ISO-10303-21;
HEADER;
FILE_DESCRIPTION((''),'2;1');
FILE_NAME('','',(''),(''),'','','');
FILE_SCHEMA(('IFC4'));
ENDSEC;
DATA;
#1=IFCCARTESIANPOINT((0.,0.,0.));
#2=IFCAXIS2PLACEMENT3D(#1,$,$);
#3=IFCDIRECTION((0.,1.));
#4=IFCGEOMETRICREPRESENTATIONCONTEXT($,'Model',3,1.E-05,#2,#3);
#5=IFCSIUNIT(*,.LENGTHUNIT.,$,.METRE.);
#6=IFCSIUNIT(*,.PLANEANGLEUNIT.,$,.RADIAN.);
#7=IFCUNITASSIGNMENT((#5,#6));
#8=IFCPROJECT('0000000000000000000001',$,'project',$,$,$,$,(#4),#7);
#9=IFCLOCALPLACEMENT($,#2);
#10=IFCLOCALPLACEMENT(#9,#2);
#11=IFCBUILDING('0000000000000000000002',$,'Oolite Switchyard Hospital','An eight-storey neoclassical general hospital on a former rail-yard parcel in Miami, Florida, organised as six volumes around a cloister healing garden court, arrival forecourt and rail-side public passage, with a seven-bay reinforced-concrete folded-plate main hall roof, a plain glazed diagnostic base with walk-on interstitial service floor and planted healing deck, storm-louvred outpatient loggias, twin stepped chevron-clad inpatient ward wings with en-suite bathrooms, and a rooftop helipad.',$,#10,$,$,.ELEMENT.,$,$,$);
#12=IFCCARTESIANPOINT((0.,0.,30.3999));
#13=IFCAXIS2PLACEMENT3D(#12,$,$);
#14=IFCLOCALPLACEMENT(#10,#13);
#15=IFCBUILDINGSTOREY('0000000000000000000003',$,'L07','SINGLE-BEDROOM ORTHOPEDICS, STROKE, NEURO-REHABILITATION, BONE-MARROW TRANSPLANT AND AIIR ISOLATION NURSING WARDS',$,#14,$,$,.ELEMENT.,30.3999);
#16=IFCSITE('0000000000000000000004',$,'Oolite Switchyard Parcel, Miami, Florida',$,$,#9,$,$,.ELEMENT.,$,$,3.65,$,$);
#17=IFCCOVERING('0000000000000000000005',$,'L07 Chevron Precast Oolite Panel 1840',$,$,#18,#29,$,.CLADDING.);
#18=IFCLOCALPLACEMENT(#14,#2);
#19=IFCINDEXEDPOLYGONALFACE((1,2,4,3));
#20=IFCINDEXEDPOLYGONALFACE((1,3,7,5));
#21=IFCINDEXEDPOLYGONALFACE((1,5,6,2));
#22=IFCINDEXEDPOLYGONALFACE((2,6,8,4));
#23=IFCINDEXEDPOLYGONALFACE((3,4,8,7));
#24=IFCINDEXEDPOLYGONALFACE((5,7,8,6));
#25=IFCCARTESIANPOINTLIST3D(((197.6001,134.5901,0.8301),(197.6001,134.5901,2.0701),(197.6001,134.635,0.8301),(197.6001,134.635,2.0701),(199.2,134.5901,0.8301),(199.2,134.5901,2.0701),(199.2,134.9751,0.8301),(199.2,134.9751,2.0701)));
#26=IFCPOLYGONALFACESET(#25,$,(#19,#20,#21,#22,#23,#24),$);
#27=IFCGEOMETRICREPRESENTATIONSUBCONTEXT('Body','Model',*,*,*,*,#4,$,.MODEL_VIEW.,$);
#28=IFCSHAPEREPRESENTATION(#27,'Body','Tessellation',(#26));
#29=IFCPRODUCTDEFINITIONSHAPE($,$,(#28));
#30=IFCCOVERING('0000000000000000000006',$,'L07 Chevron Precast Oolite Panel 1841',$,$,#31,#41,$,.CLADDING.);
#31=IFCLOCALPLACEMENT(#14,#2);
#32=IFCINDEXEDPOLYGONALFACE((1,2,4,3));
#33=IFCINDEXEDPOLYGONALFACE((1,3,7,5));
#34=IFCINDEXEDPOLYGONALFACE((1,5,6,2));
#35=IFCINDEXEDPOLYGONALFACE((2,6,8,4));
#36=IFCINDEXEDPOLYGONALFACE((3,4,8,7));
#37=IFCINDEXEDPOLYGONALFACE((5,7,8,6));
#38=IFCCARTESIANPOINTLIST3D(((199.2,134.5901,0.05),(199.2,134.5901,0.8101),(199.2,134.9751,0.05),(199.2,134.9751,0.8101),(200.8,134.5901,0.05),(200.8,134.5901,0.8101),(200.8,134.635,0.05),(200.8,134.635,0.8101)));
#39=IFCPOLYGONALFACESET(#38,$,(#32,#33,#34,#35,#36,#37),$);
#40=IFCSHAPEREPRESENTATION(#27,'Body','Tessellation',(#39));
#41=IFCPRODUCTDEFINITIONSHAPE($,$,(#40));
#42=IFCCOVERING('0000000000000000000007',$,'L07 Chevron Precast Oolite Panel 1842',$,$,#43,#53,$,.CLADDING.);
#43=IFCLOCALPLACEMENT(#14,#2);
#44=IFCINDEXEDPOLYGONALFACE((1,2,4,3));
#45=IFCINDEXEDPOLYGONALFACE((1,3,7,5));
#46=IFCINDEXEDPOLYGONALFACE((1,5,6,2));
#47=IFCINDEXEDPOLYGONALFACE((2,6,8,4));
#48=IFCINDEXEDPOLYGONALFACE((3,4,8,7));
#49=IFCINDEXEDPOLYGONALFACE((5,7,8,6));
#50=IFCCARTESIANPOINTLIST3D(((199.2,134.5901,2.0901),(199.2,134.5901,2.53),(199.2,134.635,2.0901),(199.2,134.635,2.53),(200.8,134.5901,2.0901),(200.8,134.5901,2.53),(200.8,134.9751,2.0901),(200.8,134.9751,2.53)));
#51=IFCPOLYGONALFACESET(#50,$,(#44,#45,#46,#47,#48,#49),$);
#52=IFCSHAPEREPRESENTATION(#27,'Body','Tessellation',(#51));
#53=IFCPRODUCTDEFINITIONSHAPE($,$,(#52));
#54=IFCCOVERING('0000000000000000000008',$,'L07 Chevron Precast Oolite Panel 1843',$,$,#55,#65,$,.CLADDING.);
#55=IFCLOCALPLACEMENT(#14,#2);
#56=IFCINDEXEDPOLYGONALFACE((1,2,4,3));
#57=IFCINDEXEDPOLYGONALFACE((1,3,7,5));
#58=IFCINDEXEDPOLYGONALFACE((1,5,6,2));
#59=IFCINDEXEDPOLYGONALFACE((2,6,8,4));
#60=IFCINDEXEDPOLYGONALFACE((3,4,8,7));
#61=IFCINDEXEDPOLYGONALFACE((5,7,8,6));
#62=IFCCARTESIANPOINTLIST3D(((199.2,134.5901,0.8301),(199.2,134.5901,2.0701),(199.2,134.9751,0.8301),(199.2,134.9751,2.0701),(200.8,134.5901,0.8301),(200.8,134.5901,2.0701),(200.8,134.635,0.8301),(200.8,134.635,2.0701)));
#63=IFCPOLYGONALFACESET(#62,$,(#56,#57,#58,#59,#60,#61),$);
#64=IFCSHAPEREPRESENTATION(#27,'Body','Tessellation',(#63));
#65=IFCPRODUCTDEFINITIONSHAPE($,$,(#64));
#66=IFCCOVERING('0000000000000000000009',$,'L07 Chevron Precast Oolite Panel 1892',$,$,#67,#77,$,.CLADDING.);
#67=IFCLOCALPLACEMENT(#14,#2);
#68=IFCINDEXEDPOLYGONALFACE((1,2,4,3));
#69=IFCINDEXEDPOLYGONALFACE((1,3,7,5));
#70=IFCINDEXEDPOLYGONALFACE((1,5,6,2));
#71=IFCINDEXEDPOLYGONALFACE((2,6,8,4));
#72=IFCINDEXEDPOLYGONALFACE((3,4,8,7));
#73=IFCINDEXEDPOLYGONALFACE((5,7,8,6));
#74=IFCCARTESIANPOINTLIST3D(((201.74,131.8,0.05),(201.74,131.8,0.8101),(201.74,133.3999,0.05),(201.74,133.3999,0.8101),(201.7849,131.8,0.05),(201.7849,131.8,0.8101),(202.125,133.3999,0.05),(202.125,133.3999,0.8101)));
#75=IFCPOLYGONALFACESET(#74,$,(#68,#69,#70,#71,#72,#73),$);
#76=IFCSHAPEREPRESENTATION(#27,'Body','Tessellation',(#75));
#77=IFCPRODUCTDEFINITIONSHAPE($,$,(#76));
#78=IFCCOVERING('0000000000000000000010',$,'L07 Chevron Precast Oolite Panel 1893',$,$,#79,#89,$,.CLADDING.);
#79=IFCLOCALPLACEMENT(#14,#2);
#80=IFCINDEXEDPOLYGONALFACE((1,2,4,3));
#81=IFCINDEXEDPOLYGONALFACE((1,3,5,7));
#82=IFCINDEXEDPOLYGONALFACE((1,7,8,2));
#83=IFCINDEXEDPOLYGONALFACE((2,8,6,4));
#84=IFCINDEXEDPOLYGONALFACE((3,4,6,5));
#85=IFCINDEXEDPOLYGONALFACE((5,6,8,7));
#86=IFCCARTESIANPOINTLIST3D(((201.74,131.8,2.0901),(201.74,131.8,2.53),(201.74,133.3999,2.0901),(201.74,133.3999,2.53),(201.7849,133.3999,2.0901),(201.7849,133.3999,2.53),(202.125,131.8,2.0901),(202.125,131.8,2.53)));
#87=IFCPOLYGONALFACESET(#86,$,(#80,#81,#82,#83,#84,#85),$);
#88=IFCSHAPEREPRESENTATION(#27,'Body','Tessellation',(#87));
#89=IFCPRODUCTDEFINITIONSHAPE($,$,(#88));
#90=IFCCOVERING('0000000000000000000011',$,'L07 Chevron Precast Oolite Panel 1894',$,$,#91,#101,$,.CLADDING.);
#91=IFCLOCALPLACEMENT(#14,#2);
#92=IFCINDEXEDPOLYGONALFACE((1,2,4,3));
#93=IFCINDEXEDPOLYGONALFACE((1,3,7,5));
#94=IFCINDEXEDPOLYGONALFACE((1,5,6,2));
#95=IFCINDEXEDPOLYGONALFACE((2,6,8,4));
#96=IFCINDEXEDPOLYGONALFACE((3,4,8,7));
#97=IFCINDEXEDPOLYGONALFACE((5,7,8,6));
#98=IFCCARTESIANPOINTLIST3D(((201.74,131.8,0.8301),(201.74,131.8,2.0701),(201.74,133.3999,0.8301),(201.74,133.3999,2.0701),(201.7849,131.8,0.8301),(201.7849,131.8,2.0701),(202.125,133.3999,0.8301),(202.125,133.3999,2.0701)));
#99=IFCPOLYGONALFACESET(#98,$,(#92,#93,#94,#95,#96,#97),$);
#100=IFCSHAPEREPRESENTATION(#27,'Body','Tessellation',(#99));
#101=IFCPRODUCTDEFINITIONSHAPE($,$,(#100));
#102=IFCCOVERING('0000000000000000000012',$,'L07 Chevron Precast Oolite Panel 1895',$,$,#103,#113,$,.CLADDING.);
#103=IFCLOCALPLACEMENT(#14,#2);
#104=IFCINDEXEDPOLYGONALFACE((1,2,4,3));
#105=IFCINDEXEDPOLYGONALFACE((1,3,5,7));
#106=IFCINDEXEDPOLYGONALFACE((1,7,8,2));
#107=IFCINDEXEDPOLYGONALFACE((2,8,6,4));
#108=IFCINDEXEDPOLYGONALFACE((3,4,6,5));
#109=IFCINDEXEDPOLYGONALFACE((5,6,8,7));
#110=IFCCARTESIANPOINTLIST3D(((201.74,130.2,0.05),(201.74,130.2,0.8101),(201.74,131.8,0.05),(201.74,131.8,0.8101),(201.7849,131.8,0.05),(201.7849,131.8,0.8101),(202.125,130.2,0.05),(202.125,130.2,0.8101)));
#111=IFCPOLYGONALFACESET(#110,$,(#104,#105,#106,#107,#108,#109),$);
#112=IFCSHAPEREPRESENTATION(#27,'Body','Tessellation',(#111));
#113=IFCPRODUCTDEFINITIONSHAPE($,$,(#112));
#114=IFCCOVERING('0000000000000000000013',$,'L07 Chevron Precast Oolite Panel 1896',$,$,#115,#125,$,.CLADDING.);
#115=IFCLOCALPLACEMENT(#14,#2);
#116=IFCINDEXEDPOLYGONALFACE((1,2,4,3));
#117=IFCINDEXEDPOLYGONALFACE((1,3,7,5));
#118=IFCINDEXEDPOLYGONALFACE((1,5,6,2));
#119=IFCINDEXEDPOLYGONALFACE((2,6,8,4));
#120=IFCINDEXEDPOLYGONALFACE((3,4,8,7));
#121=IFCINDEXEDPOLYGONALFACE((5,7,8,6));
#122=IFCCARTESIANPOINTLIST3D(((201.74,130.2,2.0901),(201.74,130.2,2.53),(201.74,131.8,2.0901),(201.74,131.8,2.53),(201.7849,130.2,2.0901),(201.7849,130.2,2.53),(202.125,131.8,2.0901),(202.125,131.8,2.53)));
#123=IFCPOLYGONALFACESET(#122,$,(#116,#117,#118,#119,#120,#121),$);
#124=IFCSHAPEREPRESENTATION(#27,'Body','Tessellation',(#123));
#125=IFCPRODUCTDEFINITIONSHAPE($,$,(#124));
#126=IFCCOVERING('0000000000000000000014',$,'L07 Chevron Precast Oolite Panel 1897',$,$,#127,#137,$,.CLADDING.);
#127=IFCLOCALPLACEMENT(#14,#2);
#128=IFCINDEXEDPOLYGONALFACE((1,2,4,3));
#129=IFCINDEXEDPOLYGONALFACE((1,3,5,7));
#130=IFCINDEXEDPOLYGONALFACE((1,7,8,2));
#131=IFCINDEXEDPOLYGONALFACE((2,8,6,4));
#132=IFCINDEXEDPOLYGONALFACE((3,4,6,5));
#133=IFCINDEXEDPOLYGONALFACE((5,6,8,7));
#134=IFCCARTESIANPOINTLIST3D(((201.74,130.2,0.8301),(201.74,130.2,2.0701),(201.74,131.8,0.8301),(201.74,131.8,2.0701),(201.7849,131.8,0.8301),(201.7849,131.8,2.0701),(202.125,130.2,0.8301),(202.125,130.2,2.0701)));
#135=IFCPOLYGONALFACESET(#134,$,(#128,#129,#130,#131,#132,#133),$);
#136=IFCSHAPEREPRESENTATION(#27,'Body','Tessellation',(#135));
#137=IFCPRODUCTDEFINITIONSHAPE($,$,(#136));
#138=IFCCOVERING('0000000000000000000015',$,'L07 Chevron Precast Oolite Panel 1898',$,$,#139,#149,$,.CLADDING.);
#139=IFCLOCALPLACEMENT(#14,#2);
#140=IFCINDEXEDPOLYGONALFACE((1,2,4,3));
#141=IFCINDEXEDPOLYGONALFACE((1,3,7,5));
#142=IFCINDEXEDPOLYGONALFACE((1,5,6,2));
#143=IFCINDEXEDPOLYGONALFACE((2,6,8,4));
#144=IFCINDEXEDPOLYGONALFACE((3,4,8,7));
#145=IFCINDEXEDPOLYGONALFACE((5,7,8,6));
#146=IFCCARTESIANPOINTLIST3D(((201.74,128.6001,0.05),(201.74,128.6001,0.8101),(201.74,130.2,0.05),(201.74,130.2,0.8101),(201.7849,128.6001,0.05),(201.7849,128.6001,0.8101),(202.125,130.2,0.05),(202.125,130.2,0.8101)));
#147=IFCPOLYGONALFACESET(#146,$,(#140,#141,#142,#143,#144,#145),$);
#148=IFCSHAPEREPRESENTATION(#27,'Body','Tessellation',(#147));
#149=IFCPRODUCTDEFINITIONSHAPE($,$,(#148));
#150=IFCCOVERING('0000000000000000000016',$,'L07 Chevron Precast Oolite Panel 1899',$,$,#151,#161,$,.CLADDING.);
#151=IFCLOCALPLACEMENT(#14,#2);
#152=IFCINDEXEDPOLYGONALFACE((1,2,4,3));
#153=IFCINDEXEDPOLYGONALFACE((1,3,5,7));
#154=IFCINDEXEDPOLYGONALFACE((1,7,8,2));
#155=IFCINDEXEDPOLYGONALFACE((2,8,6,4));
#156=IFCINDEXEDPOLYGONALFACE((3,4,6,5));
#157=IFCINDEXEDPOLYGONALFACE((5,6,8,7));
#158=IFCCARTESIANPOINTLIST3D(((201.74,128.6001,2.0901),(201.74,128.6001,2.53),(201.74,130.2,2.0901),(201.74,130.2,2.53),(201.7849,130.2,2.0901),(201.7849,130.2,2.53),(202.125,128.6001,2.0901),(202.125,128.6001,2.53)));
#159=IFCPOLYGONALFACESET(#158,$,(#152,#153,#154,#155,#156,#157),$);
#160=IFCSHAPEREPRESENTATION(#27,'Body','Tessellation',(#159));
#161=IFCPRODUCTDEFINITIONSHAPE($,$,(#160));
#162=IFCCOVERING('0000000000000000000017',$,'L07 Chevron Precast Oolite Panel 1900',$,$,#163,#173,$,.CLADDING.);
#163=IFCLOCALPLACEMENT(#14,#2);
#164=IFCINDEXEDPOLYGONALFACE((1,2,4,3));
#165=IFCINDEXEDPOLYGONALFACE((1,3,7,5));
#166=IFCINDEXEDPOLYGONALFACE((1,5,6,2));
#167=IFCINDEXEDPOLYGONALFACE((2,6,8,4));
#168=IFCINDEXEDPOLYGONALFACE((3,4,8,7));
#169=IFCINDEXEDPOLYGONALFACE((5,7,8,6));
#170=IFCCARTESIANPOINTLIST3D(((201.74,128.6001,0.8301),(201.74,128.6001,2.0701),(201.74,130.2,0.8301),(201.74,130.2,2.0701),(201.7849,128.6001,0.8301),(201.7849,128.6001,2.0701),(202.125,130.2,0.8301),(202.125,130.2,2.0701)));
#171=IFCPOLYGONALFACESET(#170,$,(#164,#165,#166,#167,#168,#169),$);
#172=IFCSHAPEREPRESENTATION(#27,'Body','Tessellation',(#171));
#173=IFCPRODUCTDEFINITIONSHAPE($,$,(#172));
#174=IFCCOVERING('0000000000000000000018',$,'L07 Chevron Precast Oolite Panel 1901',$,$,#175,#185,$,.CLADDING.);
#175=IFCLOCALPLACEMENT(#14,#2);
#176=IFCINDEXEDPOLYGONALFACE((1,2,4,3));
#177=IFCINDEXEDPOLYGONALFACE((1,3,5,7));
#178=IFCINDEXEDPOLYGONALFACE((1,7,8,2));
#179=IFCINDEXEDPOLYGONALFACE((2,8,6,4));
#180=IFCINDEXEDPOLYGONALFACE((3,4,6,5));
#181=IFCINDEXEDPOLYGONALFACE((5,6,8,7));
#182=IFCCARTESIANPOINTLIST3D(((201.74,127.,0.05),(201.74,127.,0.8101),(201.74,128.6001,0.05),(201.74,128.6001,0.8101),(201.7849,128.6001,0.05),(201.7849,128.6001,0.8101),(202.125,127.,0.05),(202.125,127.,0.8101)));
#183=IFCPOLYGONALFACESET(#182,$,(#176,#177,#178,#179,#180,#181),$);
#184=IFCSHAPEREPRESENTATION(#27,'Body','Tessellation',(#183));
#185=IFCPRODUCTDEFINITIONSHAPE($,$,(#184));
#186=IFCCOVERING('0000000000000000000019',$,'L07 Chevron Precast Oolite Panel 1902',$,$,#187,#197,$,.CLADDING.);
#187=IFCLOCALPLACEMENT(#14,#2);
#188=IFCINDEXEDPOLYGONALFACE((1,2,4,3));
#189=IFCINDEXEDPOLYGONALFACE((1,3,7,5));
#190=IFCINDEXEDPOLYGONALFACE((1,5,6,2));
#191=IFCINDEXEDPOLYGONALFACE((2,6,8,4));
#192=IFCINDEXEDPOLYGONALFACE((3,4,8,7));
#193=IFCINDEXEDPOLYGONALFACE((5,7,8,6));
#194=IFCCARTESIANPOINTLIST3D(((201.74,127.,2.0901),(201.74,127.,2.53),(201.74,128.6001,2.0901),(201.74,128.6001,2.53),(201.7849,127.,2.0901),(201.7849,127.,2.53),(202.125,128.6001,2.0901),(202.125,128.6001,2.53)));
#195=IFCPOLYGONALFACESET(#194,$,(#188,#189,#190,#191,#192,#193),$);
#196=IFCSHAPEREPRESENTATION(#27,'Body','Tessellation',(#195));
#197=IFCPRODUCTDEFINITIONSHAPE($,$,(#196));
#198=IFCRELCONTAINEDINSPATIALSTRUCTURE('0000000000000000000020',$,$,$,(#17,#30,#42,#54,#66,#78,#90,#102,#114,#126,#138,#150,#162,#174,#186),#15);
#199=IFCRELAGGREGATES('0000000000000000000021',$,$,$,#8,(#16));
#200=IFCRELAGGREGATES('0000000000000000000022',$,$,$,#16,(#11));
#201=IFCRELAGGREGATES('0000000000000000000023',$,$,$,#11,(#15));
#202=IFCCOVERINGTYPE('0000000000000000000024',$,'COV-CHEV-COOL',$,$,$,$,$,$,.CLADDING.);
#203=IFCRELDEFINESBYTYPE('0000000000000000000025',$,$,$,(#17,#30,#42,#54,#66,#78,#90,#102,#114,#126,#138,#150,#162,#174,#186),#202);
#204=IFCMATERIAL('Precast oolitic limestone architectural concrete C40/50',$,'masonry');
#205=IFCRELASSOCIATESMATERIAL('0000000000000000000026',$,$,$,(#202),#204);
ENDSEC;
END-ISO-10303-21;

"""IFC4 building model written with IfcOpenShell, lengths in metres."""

from ifc_helpers import new_model, si_unit, direction, frame, origin, place, context, subcontext, project, spatial, polyline, outline, extrude, material, type_object, element, save


model = new_model("IFC4")

# Units and contexts
model_context = context("Model", 3, precision=1e-05, world=origin(), true_north=direction((0.0, 1.0)))
body_context = subcontext(model_context, "Body", "Model", "MODEL_VIEW")
ifc_project = project(units=[si_unit("LENGTHUNIT", "METRE"), si_unit("PLANEANGLEUNIT", "RADIAN")], contexts=[model_context])

# Site, building, storey
site_placement = place(None, origin())
site = spatial("IfcSite", under=ifc_project, at=site_placement, Name="Oolite Switchyard Parcel, Miami, Florida", CompositionType="ELEMENT", RefElevation=3.65)
building_placement = place(site_placement, origin())
building = spatial("IfcBuilding", under=site, at=building_placement, Name="Oolite Switchyard Hospital", Description="An eight-storey neoclassical general hospital on a former rail-yard parcel in Miami, Florida, organised as six volumes around a cloister healing garden court, arrival forecourt and rail-side public passage, with a seven-bay reinforced-concrete folded-plate main hall roof, a plain glazed diagnostic base with walk-on interstitial service floor and planted healing deck, storm-louvred outpatient loggias, twin stepped chevron-clad inpatient ward wings with en-suite bathrooms, and a rooftop helipad.", CompositionType="ELEMENT")
storey_placement = place(building_placement, frame((0.0, 0.0, 30.3999)))
storey = spatial("IfcBuildingStorey", under=building, at=storey_placement, Name="L07", Description="SINGLE-BEDROOM ORTHOPEDICS, STROKE, NEURO-REHABILITATION, BONE-MARROW TRANSPLANT AND AIIR ISOLATION NURSING WARDS", CompositionType="ELEMENT", Elevation=30.3999)

# Shared definitions
ifc_material_1 = material(Name="Precast oolitic limestone architectural concrete C40/50", Category="masonry")

# Coverings
covering_type = type_object("IfcCoveringType", Name="COV-CHEV-COOL", PredefinedType="CLADDING", material=ifc_material_1)
covering_1_placement = place(storey_placement, frame((197.6001, 134.5901, 0.8301), z_axis=(0.0, 0.0, 1.0), x_axis=(1.0, 0.0, 0.0)))
element("IfcCovering", 1, at=covering_1_placement, inside=storey, type_object=covering_type, Name="L07 Chevron Precast Oolite Panel 1840", PredefinedType="CLADDING", context=body_context, shape_type="SweptSolid", body=[
    extrude(outline(polyline([(0.0, 0.0), (1.5999, 0.0), (1.5999, 0.385), (0.0, 0.0449), (0.0, 0.0)])), origin(), (0.0, 0.0, 1.0), 1.24),
])
covering_2_placement = place(storey_placement, frame((199.2, 134.5901, 0.05), z_axis=(0.0, 0.0, 1.0), x_axis=(1.0, 0.0, 0.0)))
element("IfcCovering", 2, at=covering_2_placement, inside=storey, type_object=covering_type, Name="L07 Chevron Precast Oolite Panel 1841", PredefinedType="CLADDING", context=body_context, shape_type="SweptSolid", body=[
    extrude(outline(polyline([(0.0, 0.0), (1.6001, 0.0), (1.6001, 0.0449), (0.0, 0.385), (0.0, 0.0)])), origin(), (0.0, 0.0, 1.0), 0.76),
])
covering_3_placement = place(storey_placement, frame((199.2, 134.5901, 2.0901), z_axis=(0.0, 0.0, 1.0), x_axis=(1.0, 0.0, 0.0)))
element("IfcCovering", 3, at=covering_3_placement, inside=storey, type_object=covering_type, Name="L07 Chevron Precast Oolite Panel 1842", PredefinedType="CLADDING", context=body_context, shape_type="SweptSolid", body=[
    extrude(outline(polyline([(0.0, 0.0), (1.6001, 0.0), (1.6001, 0.385), (0.0, 0.0449), (0.0, 0.0)])), origin(), (0.0, 0.0, 1.0), 0.4399),
])
covering_4_placement = place(storey_placement, frame((199.2, 134.5901, 0.8301), z_axis=(0.0, 0.0, 1.0), x_axis=(1.0, 0.0, 0.0)))
element("IfcCovering", 4, at=covering_4_placement, inside=storey, type_object=covering_type, Name="L07 Chevron Precast Oolite Panel 1843", PredefinedType="CLADDING", context=body_context, shape_type="SweptSolid", body=[
    extrude(outline(polyline([(0.0, 0.0), (1.6001, 0.0), (1.6001, 0.0449), (0.0, 0.385), (0.0, 0.0)])), origin(), (0.0, 0.0, 1.0), 1.24),
])
covering_5_placement = place(storey_placement, frame((201.74, 133.3999, 0.05), z_axis=(0.0, 0.0, 1.0), x_axis=(0.0, -1.0, 0.0)))
element("IfcCovering", 5, at=covering_5_placement, inside=storey, type_object=covering_type, Name="L07 Chevron Precast Oolite Panel 1892", PredefinedType="CLADDING", context=body_context, shape_type="SweptSolid", body=[
    extrude(outline(polyline([(0.0, 0.0), (1.5999, 0.0), (1.5999, 0.0449), (0.0, 0.385), (0.0, 0.0)])), origin(), (0.0, 0.0, 1.0), 0.76),
])
covering_6_placement = place(storey_placement, frame((201.74, 133.3999, 2.0901), z_axis=(0.0, 0.0, 1.0), x_axis=(0.0, -1.0, 0.0)))
element("IfcCovering", 6, at=covering_6_placement, inside=storey, type_object=covering_type, Name="L07 Chevron Precast Oolite Panel 1893", PredefinedType="CLADDING", context=body_context, shape_type="SweptSolid", body=[
    extrude(outline(polyline([(0.0, 0.0), (1.5999, 0.0), (1.5999, 0.385), (0.0, 0.0449), (0.0, 0.0)])), origin(), (0.0, 0.0, 1.0), 0.4399),
])
covering_7_placement = place(storey_placement, frame((201.74, 133.3999, 0.8301), z_axis=(0.0, 0.0, 1.0), x_axis=(0.0, -1.0, 0.0)))
element("IfcCovering", 7, at=covering_7_placement, inside=storey, type_object=covering_type, Name="L07 Chevron Precast Oolite Panel 1894", PredefinedType="CLADDING", context=body_context, shape_type="SweptSolid", body=[
    extrude(outline(polyline([(0.0, 0.0), (1.5999, 0.0), (1.5999, 0.0449), (0.0, 0.385), (0.0, 0.0)])), origin(), (0.0, 0.0, 1.0), 1.24),
])
covering_8_placement = place(storey_placement, frame((201.74, 131.8, 0.05), z_axis=(0.0, 0.0, 1.0), x_axis=(0.0, -1.0, 0.0)))
element("IfcCovering", 8, at=covering_8_placement, inside=storey, type_object=covering_type, Name="L07 Chevron Precast Oolite Panel 1895", PredefinedType="CLADDING", context=body_context, shape_type="SweptSolid", body=[
    extrude(outline(polyline([(0.0, 0.0), (1.6001, 0.0), (1.6001, 0.385), (0.0, 0.0449), (0.0, 0.0)])), origin(), (0.0, 0.0, 1.0), 0.76),
])
covering_9_placement = place(storey_placement, frame((201.74, 131.8, 2.0901), z_axis=(0.0, 0.0, 1.0), x_axis=(0.0, -1.0, 0.0)))
element("IfcCovering", 9, at=covering_9_placement, inside=storey, type_object=covering_type, Name="L07 Chevron Precast Oolite Panel 1896", PredefinedType="CLADDING", context=body_context, shape_type="SweptSolid", body=[
    extrude(outline(polyline([(0.0, 0.0), (1.6001, 0.0), (1.6001, 0.0449), (0.0, 0.385), (0.0, 0.0)])), origin(), (0.0, 0.0, 1.0), 0.4399),
])
covering_10_placement = place(storey_placement, frame((201.74, 131.8, 0.8301), z_axis=(0.0, 0.0, 1.0), x_axis=(0.0, -1.0, 0.0)))
element("IfcCovering", 10, at=covering_10_placement, inside=storey, type_object=covering_type, Name="L07 Chevron Precast Oolite Panel 1897", PredefinedType="CLADDING", context=body_context, shape_type="SweptSolid", body=[
    extrude(outline(polyline([(0.0, 0.0), (1.6001, 0.0), (1.6001, 0.385), (0.0, 0.0449), (0.0, 0.0)])), origin(), (0.0, 0.0, 1.0), 1.24),
])
covering_11_placement = place(storey_placement, frame((201.74, 130.2, 0.05), z_axis=(0.0, 0.0, 1.0), x_axis=(0.0, -1.0, 0.0)))
element("IfcCovering", 11, at=covering_11_placement, inside=storey, type_object=covering_type, Name="L07 Chevron Precast Oolite Panel 1898", PredefinedType="CLADDING", context=body_context, shape_type="SweptSolid", body=[
    extrude(outline(polyline([(0.0, 0.0), (1.5999, 0.0), (1.5999, 0.0449), (0.0, 0.385), (0.0, 0.0)])), origin(), (0.0, 0.0, 1.0), 0.76),
])
covering_12_placement = place(storey_placement, frame((201.74, 130.2, 2.0901), z_axis=(0.0, 0.0, 1.0), x_axis=(0.0, -1.0, 0.0)))
element("IfcCovering", 12, at=covering_12_placement, inside=storey, type_object=covering_type, Name="L07 Chevron Precast Oolite Panel 1899", PredefinedType="CLADDING", context=body_context, shape_type="SweptSolid", body=[
    extrude(outline(polyline([(0.0, 0.0), (1.5999, 0.0), (1.5999, 0.385), (0.0, 0.0449), (0.0, 0.0)])), origin(), (0.0, 0.0, 1.0), 0.4399),
])
covering_13_placement = place(storey_placement, frame((201.74, 130.2, 0.8301), z_axis=(0.0, 0.0, 1.0), x_axis=(0.0, -1.0, 0.0)))
element("IfcCovering", 13, at=covering_13_placement, inside=storey, type_object=covering_type, Name="L07 Chevron Precast Oolite Panel 1900", PredefinedType="CLADDING", context=body_context, shape_type="SweptSolid", body=[
    extrude(outline(polyline([(0.0, 0.0), (1.5999, 0.0), (1.5999, 0.0449), (0.0, 0.385), (0.0, 0.0)])), origin(), (0.0, 0.0, 1.0), 1.24),
])
covering_14_placement = place(storey_placement, frame((201.74, 128.6001, 0.05), z_axis=(0.0, 0.0, 1.0), x_axis=(0.0, -1.0, 0.0)))
element("IfcCovering", 14, at=covering_14_placement, inside=storey, type_object=covering_type, Name="L07 Chevron Precast Oolite Panel 1901", PredefinedType="CLADDING", context=body_context, shape_type="SweptSolid", body=[
    extrude(outline(polyline([(0.0, 0.0), (1.6001, 0.0), (1.6001, 0.385), (0.0, 0.0449), (0.0, 0.0)])), origin(), (0.0, 0.0, 1.0), 0.76),
])
covering_15_placement = place(storey_placement, frame((201.74, 128.6001, 2.0901), z_axis=(0.0, 0.0, 1.0), x_axis=(0.0, -1.0, 0.0)))
element("IfcCovering", 15, at=covering_15_placement, inside=storey, type_object=covering_type, Name="L07 Chevron Precast Oolite Panel 1902", PredefinedType="CLADDING", context=body_context, shape_type="SweptSolid", body=[
    extrude(outline(polyline([(0.0, 0.0), (1.6001, 0.0), (1.6001, 0.0449), (0.0, 0.385), (0.0, 0.0)])), origin(), (0.0, 0.0, 1.0), 0.4399),
])

save(model, "model.ifc")
